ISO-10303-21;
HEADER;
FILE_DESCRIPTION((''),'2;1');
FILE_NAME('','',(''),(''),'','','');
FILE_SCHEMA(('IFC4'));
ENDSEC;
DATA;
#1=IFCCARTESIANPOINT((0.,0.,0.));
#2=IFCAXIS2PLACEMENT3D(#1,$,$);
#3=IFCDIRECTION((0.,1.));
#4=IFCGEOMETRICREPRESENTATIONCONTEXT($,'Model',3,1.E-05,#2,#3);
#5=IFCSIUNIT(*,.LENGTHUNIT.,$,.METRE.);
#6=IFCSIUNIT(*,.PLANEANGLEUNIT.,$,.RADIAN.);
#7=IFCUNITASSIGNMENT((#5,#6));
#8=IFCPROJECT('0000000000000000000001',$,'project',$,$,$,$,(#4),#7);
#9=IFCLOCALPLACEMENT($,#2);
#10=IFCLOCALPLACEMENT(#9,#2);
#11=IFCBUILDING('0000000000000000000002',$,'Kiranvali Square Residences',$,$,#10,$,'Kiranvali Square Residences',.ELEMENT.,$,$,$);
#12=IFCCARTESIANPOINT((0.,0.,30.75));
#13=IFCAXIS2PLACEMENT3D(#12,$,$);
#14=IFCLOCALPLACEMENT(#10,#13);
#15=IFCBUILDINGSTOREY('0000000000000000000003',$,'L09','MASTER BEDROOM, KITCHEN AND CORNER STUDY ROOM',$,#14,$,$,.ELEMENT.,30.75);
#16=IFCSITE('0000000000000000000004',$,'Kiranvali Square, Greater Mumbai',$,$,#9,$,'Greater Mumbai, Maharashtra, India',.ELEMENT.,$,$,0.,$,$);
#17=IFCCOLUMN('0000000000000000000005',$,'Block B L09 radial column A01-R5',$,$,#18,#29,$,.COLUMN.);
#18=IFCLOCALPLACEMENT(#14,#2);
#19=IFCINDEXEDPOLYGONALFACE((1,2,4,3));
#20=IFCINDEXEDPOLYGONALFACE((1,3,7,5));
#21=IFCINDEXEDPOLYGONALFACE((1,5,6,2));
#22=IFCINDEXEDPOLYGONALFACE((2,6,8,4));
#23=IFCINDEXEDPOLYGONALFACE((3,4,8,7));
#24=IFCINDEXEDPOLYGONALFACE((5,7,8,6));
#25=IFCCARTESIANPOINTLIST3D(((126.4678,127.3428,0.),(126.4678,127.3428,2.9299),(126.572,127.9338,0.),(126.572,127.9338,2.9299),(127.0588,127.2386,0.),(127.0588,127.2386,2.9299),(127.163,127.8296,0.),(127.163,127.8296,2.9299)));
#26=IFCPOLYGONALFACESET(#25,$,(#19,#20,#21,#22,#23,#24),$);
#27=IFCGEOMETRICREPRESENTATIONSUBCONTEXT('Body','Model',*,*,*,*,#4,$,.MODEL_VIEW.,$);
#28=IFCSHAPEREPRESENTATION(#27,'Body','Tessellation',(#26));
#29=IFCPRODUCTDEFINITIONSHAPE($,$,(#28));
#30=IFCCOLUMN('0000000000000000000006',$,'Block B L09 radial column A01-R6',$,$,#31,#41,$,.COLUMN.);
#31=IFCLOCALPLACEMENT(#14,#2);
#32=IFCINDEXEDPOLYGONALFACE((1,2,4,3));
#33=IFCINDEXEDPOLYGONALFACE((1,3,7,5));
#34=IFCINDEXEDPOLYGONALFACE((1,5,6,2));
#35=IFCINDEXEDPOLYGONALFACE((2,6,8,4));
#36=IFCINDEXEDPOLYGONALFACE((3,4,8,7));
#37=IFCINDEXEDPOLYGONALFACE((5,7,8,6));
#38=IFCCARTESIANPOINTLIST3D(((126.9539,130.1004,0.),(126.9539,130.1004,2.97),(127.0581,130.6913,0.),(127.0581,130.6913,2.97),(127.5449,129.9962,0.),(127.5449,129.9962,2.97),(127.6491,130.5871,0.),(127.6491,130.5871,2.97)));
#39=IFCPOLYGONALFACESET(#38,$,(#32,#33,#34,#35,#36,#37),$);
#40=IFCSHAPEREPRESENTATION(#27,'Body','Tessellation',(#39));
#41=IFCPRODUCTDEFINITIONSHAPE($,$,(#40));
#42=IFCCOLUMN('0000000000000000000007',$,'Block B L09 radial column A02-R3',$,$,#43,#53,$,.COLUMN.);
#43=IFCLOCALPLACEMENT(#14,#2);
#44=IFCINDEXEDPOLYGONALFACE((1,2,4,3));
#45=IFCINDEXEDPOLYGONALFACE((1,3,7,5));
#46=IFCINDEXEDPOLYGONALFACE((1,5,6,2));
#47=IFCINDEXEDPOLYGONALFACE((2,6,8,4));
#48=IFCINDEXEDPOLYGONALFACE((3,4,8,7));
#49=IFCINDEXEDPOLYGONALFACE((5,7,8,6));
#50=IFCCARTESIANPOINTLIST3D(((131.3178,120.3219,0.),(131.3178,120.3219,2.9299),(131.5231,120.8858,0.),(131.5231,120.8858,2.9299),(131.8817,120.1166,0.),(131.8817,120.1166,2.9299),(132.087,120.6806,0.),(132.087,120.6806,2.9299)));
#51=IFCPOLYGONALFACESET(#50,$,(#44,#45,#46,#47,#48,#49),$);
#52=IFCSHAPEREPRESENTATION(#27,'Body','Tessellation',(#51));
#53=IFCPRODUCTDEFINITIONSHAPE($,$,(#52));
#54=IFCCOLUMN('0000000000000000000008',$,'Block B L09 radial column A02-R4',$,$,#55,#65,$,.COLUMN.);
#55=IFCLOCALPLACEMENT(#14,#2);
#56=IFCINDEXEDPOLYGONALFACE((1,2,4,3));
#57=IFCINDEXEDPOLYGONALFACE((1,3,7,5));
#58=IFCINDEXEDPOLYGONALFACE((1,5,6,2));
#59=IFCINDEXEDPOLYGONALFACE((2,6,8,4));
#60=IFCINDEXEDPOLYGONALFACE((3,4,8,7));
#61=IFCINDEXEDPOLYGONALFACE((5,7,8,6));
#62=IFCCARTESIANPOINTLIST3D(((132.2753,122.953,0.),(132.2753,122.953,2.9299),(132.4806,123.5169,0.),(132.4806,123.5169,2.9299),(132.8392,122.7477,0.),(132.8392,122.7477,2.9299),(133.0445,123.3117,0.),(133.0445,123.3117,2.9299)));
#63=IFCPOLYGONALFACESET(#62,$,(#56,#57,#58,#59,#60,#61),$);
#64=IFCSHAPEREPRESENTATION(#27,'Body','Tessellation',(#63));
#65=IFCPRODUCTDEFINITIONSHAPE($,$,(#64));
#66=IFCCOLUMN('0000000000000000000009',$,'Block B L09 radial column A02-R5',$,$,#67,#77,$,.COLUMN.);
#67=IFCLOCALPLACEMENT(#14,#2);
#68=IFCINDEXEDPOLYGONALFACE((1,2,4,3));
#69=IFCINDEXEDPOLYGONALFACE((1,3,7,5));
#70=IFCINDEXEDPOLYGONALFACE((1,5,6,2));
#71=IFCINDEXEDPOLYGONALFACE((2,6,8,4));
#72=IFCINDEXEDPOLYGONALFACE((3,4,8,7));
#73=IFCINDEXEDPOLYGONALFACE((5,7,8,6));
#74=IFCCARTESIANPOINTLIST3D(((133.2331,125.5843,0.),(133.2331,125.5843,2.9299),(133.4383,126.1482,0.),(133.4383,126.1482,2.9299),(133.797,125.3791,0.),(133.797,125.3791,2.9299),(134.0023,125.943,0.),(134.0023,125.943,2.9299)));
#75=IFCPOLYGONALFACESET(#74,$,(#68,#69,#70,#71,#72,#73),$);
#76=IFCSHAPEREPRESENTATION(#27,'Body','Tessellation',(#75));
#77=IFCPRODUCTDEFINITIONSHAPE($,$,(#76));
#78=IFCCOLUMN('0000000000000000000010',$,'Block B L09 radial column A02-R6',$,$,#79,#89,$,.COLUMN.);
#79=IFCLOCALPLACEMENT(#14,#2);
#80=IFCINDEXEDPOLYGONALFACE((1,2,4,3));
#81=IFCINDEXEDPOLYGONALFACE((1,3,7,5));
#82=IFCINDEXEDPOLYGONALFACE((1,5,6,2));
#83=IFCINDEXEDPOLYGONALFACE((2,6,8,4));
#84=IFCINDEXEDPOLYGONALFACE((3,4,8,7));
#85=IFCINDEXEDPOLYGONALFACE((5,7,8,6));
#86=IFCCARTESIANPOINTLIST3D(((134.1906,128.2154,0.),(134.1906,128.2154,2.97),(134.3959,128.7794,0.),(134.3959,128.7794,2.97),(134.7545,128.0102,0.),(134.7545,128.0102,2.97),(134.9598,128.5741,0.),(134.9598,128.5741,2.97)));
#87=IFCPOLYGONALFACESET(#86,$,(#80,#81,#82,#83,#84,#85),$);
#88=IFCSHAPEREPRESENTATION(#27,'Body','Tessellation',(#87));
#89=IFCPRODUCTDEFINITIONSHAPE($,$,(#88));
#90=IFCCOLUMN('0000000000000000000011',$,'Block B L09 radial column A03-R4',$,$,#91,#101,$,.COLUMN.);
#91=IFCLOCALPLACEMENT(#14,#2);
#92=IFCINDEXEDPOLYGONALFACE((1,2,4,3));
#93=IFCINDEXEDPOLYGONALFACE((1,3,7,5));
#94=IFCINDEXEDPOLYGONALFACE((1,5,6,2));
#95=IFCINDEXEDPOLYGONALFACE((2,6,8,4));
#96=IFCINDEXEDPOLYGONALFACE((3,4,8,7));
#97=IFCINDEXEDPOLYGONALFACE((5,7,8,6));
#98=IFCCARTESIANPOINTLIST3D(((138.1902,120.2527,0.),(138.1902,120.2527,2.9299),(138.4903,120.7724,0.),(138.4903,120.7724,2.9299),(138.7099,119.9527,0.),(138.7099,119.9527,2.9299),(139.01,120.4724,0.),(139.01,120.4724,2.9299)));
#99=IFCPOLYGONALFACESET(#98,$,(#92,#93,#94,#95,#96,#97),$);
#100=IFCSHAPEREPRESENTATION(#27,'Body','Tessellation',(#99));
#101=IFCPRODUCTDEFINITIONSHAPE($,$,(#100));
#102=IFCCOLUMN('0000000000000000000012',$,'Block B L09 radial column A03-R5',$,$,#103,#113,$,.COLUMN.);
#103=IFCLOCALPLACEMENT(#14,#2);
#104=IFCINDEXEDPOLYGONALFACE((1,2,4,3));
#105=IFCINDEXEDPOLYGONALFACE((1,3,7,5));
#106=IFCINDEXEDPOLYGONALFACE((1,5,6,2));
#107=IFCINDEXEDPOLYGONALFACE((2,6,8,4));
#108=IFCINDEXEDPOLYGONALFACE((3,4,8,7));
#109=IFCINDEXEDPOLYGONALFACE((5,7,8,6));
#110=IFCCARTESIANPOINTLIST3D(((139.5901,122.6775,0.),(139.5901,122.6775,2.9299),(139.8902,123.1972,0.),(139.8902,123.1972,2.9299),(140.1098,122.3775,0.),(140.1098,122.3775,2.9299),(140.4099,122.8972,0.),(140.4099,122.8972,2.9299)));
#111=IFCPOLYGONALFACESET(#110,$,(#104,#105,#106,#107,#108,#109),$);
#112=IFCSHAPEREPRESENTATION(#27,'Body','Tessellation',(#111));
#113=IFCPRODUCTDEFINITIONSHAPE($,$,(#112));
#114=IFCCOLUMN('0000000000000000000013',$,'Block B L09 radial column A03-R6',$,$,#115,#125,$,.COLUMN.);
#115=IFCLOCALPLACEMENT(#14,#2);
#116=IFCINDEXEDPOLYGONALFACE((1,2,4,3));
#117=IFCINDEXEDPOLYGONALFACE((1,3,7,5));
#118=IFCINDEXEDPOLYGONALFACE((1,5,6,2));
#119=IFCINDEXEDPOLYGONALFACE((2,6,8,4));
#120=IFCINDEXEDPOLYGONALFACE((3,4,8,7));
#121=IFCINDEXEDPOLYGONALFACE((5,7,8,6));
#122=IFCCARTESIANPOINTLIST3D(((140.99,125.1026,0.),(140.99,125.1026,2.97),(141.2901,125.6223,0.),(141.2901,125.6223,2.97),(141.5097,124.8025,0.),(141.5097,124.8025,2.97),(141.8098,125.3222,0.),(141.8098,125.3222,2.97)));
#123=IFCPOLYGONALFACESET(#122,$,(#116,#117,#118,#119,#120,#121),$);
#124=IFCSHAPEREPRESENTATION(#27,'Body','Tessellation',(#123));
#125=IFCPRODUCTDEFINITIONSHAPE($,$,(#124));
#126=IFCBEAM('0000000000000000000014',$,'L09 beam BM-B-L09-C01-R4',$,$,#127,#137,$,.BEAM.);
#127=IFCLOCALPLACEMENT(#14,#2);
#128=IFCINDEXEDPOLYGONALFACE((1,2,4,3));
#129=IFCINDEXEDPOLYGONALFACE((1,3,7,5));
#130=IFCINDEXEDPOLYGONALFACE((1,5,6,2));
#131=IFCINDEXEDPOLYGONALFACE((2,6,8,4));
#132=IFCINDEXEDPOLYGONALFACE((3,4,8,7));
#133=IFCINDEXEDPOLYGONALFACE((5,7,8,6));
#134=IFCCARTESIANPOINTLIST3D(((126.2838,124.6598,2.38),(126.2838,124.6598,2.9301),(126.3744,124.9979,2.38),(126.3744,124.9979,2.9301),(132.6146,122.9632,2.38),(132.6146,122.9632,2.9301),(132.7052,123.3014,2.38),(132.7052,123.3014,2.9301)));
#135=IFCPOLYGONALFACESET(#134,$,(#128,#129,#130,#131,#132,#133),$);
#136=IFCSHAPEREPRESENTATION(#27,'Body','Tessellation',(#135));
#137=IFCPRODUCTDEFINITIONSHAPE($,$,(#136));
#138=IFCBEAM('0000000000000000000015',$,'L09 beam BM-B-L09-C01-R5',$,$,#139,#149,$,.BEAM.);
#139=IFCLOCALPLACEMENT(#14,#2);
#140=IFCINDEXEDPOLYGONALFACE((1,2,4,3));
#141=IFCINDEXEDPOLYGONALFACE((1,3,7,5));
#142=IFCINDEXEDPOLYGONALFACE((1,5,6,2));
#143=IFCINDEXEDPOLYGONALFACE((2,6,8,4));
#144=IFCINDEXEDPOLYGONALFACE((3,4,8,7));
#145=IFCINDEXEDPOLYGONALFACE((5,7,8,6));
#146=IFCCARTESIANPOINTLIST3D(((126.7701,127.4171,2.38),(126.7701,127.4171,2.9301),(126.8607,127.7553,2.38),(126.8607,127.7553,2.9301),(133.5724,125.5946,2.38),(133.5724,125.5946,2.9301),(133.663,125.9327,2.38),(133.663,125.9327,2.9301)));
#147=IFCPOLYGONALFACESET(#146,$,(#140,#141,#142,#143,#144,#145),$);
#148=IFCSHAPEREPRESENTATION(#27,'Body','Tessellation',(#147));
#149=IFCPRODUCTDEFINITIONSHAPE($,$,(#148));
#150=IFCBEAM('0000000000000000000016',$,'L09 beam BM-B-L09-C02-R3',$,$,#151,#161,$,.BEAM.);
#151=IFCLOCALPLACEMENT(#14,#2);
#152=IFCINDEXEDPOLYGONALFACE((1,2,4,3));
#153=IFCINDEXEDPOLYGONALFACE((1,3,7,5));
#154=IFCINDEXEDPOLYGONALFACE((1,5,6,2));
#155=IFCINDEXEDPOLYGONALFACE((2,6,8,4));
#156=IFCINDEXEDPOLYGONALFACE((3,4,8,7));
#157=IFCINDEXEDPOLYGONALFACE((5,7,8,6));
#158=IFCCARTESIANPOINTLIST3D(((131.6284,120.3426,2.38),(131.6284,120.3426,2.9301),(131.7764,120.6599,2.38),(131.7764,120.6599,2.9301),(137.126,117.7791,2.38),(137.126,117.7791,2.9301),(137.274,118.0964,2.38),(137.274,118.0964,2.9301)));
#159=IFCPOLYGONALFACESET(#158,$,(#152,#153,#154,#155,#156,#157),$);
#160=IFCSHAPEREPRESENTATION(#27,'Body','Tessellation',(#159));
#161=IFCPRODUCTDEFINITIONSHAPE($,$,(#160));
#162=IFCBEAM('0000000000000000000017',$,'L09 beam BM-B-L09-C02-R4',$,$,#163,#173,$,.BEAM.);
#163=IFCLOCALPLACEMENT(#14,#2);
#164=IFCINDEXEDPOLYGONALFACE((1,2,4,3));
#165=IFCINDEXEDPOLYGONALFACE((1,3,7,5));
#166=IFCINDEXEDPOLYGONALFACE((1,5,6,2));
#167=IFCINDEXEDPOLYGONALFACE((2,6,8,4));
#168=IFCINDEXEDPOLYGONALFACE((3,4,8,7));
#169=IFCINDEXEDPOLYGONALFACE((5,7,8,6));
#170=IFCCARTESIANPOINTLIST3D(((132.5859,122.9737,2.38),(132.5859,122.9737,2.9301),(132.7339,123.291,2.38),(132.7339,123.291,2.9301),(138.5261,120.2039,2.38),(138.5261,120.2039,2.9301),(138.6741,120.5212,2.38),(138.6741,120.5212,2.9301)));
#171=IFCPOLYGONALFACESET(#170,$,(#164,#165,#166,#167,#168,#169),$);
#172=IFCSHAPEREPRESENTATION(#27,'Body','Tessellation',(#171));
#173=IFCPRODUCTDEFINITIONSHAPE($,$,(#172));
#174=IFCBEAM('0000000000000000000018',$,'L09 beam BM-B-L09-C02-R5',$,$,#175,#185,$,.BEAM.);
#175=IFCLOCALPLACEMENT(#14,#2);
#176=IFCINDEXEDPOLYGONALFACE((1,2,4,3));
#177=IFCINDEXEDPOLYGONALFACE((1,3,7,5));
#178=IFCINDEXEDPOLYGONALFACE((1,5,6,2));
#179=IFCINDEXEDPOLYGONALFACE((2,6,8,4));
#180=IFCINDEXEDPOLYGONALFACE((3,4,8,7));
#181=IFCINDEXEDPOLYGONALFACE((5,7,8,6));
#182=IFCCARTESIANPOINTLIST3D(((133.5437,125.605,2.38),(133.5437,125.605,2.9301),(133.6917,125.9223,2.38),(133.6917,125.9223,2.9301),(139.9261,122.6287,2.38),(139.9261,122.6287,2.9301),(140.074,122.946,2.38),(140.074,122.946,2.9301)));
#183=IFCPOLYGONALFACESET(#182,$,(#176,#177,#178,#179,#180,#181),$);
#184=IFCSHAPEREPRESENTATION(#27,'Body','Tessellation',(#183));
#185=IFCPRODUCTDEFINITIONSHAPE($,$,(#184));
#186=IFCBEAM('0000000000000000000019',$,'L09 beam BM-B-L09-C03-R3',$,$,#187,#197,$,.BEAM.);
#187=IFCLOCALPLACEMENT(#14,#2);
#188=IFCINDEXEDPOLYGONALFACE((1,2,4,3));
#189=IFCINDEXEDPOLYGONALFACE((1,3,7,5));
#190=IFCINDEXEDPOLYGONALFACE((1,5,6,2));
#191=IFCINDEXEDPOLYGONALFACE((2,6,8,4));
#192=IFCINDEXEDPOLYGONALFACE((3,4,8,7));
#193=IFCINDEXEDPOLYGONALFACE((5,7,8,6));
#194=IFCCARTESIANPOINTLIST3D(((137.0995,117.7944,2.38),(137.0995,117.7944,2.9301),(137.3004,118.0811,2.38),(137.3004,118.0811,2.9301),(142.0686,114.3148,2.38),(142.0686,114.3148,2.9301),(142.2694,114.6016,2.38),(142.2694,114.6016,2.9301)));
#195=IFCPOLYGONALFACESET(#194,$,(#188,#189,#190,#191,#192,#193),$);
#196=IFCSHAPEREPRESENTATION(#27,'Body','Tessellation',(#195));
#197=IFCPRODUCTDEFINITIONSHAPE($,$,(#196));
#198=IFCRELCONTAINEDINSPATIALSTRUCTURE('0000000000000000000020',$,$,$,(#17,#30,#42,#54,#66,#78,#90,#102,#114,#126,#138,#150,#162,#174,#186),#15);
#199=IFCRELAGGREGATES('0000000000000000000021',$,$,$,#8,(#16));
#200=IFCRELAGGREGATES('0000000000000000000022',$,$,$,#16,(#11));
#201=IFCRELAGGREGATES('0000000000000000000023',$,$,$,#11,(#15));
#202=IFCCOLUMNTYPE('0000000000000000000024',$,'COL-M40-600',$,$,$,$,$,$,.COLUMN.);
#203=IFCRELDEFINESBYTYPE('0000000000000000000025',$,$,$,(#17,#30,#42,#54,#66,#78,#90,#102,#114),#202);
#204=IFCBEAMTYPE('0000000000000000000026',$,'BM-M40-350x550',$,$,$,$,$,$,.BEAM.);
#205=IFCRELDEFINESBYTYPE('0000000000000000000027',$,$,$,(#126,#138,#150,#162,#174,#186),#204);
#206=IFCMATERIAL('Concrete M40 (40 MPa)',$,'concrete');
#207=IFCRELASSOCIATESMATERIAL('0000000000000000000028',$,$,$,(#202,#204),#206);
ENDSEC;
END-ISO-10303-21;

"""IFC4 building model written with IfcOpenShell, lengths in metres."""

from ifc_helpers import new_model, si_unit, direction, frame, origin, origin_2d, place, context, subcontext, project, spatial, rectangle, extrude, material, material_profile, profile_set, type_object, element, save


model = new_model("IFC4")

# Units and contexts
model_context = context("Model", 3, precision=1e-05, world=origin(), true_north=direction((0.0, 1.0)))
body_context = subcontext(model_context, "Body", "Model", "MODEL_VIEW")
ifc_project = project(units=[si_unit("LENGTHUNIT", "METRE"), si_unit("PLANEANGLEUNIT", "RADIAN")], contexts=[model_context])

# Site, building, storey
site_placement = place(None, origin())
site = spatial("IfcSite", under=ifc_project, at=site_placement, Name="Kiranvali Square, Greater Mumbai", LongName="Greater Mumbai, Maharashtra, India", CompositionType="ELEMENT", RefElevation=0.0)
building_placement = place(site_placement, origin())
building = spatial("IfcBuilding", under=site, at=building_placement, Name="Kiranvali Square Residences", LongName="Kiranvali Square Residences", CompositionType="ELEMENT")
storey_placement = place(building_placement, frame((0.0, 0.0, 30.75)))
storey = spatial("IfcBuildingStorey", under=building, at=storey_placement, Name="L09", Description="MASTER BEDROOM, KITCHEN AND CORNER STUDY ROOM", CompositionType="ELEMENT", Elevation=30.75)

# Columns
ifc_material_1 = material(Name="Concrete M40 (40 MPa)", Category="concrete")
ifc_material_profile_1 = material_profile(ifc_material_1, rectangle(XDim=0.6001, YDim=0.6001, at=origin_2d()), Name="RC 600x600")
ifc_profile_set_1 = profile_set([ifc_material_profile_1], Name="Concrete M40 (40 MPa)")
column_type = type_object("IfcColumnType", Name="COL-M40-600", PredefinedType="COLUMN", material=ifc_profile_set_1)
column_1_placement = place(storey_placement, frame((126.8154, 127.5862, 0.0), z_axis=(0.0, 0.0, 1.0), x_axis=(-0.984808, 0.173648, 0.0)))
element("IfcColumn", 1, at=column_1_placement, inside=storey, type_object=column_type, Name="Block B L09 radial column A01-R5", PredefinedType="COLUMN", context=body_context, shape_type="SweptSolid", body=[
    extrude(rectangle(XDim=0.6001, YDim=0.6001, at=origin_2d()), origin(), (0.0, 0.0, 1.0), 2.9299),
])
column_2_placement = place(storey_placement, frame((127.3015, 130.3438, 0.0), z_axis=(0.0, 0.0, 1.0), x_axis=(-0.984808, 0.173648, 0.0)))
element("IfcColumn", 2, at=column_2_placement, inside=storey, type_object=column_type, Name="Block B L09 radial column A01-R6", PredefinedType="COLUMN", context=body_context, shape_type="SweptSolid", body=[
    extrude(rectangle(XDim=0.6001, YDim=0.6001, at=origin_2d()), origin(), (0.0, 0.0, 1.0), 2.97),
])
for number, where, z_axis, x_axis, name in (
    (3, (131.7024, 120.5012, 0.0), (0.0, 0.0, 1.0), (-0.939693, 0.34202, 0.0), "Block B L09 radial column A02-R3"),
    (4, (132.6599, 123.1323, 0.0), (0.0, 0.0, 1.0), (-0.939693, 0.34202, 0.0), "Block B L09 radial column A02-R4"),
    (5, (133.6177, 125.7637, 0.0), (0.0, 0.0, 1.0), (-0.939693, 0.34202, 0.0), "Block B L09 radial column A02-R5"),
):
    element("IfcColumn", number, at=place(storey_placement, frame(where, z_axis=z_axis, x_axis=x_axis)), inside=storey, type_object=column_type, Name=name, PredefinedType="COLUMN", context=body_context, shape_type="SweptSolid", body=[
        extrude(rectangle(XDim=0.6001, YDim=0.6001, at=origin_2d()), origin(), (0.0, 0.0, 1.0), 2.9299),
    ])
column_3_placement = place(storey_placement, frame((134.5752, 128.3948, 0.0), z_axis=(0.0, 0.0, 1.0), x_axis=(-0.939693, 0.34202, 0.0)))
element("IfcColumn", 6, at=column_3_placement, inside=storey, type_object=column_type, Name="Block B L09 radial column A02-R6", PredefinedType="COLUMN", context=body_context, shape_type="SweptSolid", body=[
    extrude(rectangle(XDim=0.6001, YDim=0.6001, at=origin_2d()), origin(), (0.0, 0.0, 1.0), 2.97),
])
for number, where, z_axis, x_axis, name in (
    (7, (138.6001, 120.3625, 0.0), (0.0, 0.0, 1.0), (-0.866025, 0.5, 0.0), "Block B L09 radial column A03-R4"),
    (8, (140.0, 122.7874, 0.0), (0.0, 0.0, 1.0), (-0.866025, 0.5, 0.0), "Block B L09 radial column A03-R5"),
):
    element("IfcColumn", number, at=place(storey_placement, frame(where, z_axis=z_axis, x_axis=x_axis)), inside=storey, type_object=column_type, Name=name, PredefinedType="COLUMN", context=body_context, shape_type="SweptSolid", body=[
        extrude(rectangle(XDim=0.6001, YDim=0.6001, at=origin_2d()), origin(), (0.0, 0.0, 1.0), 2.9299),
    ])
column_4_placement = place(storey_placement, frame((141.3999, 125.2124, 0.0), z_axis=(0.0, 0.0, 1.0), x_axis=(-0.866025, 0.5, 0.0)))
element("IfcColumn", 9, at=column_4_placement, inside=storey, type_object=column_type, Name="Block B L09 radial column A03-R6", PredefinedType="COLUMN", context=body_context, shape_type="SweptSolid", body=[
    extrude(rectangle(XDim=0.6001, YDim=0.6001, at=origin_2d()), origin(), (0.0, 0.0, 1.0), 2.97),
])

# Beams
ifc_material_profile_2 = material_profile(ifc_material_1, rectangle(XDim=0.3501, YDim=0.55, at=origin_2d()), Name="RC 350x550")
ifc_profile_set_2 = profile_set([ifc_material_profile_2], Name="Concrete M40 (40 MPa)")
beam_type_1 = type_object("IfcBeamType", Name="BM-M40-350x550", PredefinedType="BEAM", material=ifc_profile_set_2)
beam_1_placement = place(storey_placement, frame((126.3291, 124.8289, 2.655), z_axis=(0.965918, -0.258847, 0.0), x_axis=(0.258847, 0.965918, 0.0)))
element("IfcBeam", 10, at=beam_1_placement, inside=storey, type_object=beam_type_1, Name="L09 beam BM-B-L09-C01-R4", PredefinedType="BEAM", context=body_context, shape_type="SweptSolid", body=[
    extrude(rectangle(XDim=0.3501, YDim=0.55, at=origin_2d()), origin(), (0.0, 0.0, 1.0), 6.5542),
])
beam_2_placement = place(storey_placement, frame((126.8154, 127.5862, 2.655), z_axis=(0.965931, -0.2588, 0.0), x_axis=(0.2588, 0.965931, 0.0)))
element("IfcBeam", 11, at=beam_2_placement, inside=storey, type_object=beam_type_1, Name="L09 beam BM-B-L09-C01-R5", PredefinedType="BEAM", context=body_context, shape_type="SweptSolid", body=[
    extrude(rectangle(XDim=0.3501, YDim=0.55, at=origin_2d()), origin(), (0.0, 0.0, 1.0), 7.0422),
])
beam_3_placement = place(storey_placement, frame((131.7024, 120.5012, 2.655), z_axis=(0.906313, -0.422608, 0.0), x_axis=(0.422608, 0.906313, 0.0)))
element("IfcBeam", 12, at=beam_3_placement, inside=storey, type_object=beam_type_1, Name="L09 beam BM-B-L09-C02-R3", PredefinedType="BEAM", context=body_context, shape_type="SweptSolid", body=[
    extrude(rectangle(XDim=0.3501, YDim=0.55, at=origin_2d()), origin(), (0.0, 0.0, 1.0), 6.0659),
])
beam_4_placement = place(storey_placement, frame((132.6599, 123.1323, 2.655), z_axis=(0.906318, -0.422596, 0.0), x_axis=(0.422596, 0.906318, 0.0)))
element("IfcBeam", 13, at=beam_4_placement, inside=storey, type_object=beam_type_1, Name="L09 beam BM-B-L09-C02-R4", PredefinedType="BEAM", context=body_context, shape_type="SweptSolid", body=[
    extrude(rectangle(XDim=0.3501, YDim=0.55, at=origin_2d()), origin(), (0.0, 0.0, 1.0), 6.5542),
])
beam_5_placement = place(storey_placement, frame((133.6177, 125.7637, 2.655), z_axis=(0.906297, -0.422641, 0.0), x_axis=(0.422641, 0.906297, 0.0)))
element("IfcBeam", 14, at=beam_5_placement, inside=storey, type_object=beam_type_1, Name="L09 beam BM-B-L09-C02-R5", PredefinedType="BEAM", context=body_context, shape_type="SweptSolid", body=[
    extrude(rectangle(XDim=0.3501, YDim=0.55, at=origin_2d()), origin(), (0.0, 0.0, 1.0), 7.0422),
])
beam_6_placement = place(storey_placement, frame((137.2, 117.9377, 2.655), z_axis=(0.819139, -0.573595, 0.0), x_axis=(0.573595, 0.819139, 0.0)))
element("IfcBeam", 15, at=beam_6_placement, inside=storey, type_object=beam_type_1, Name="L09 beam BM-B-L09-C03-R3", PredefinedType="BEAM", context=body_context, shape_type="SweptSolid", body=[
    extrude(rectangle(XDim=0.3501, YDim=0.55, at=origin_2d()), origin(), (0.0, 0.0, 1.0), 6.0662),
])

save(model, "model.ifc")
